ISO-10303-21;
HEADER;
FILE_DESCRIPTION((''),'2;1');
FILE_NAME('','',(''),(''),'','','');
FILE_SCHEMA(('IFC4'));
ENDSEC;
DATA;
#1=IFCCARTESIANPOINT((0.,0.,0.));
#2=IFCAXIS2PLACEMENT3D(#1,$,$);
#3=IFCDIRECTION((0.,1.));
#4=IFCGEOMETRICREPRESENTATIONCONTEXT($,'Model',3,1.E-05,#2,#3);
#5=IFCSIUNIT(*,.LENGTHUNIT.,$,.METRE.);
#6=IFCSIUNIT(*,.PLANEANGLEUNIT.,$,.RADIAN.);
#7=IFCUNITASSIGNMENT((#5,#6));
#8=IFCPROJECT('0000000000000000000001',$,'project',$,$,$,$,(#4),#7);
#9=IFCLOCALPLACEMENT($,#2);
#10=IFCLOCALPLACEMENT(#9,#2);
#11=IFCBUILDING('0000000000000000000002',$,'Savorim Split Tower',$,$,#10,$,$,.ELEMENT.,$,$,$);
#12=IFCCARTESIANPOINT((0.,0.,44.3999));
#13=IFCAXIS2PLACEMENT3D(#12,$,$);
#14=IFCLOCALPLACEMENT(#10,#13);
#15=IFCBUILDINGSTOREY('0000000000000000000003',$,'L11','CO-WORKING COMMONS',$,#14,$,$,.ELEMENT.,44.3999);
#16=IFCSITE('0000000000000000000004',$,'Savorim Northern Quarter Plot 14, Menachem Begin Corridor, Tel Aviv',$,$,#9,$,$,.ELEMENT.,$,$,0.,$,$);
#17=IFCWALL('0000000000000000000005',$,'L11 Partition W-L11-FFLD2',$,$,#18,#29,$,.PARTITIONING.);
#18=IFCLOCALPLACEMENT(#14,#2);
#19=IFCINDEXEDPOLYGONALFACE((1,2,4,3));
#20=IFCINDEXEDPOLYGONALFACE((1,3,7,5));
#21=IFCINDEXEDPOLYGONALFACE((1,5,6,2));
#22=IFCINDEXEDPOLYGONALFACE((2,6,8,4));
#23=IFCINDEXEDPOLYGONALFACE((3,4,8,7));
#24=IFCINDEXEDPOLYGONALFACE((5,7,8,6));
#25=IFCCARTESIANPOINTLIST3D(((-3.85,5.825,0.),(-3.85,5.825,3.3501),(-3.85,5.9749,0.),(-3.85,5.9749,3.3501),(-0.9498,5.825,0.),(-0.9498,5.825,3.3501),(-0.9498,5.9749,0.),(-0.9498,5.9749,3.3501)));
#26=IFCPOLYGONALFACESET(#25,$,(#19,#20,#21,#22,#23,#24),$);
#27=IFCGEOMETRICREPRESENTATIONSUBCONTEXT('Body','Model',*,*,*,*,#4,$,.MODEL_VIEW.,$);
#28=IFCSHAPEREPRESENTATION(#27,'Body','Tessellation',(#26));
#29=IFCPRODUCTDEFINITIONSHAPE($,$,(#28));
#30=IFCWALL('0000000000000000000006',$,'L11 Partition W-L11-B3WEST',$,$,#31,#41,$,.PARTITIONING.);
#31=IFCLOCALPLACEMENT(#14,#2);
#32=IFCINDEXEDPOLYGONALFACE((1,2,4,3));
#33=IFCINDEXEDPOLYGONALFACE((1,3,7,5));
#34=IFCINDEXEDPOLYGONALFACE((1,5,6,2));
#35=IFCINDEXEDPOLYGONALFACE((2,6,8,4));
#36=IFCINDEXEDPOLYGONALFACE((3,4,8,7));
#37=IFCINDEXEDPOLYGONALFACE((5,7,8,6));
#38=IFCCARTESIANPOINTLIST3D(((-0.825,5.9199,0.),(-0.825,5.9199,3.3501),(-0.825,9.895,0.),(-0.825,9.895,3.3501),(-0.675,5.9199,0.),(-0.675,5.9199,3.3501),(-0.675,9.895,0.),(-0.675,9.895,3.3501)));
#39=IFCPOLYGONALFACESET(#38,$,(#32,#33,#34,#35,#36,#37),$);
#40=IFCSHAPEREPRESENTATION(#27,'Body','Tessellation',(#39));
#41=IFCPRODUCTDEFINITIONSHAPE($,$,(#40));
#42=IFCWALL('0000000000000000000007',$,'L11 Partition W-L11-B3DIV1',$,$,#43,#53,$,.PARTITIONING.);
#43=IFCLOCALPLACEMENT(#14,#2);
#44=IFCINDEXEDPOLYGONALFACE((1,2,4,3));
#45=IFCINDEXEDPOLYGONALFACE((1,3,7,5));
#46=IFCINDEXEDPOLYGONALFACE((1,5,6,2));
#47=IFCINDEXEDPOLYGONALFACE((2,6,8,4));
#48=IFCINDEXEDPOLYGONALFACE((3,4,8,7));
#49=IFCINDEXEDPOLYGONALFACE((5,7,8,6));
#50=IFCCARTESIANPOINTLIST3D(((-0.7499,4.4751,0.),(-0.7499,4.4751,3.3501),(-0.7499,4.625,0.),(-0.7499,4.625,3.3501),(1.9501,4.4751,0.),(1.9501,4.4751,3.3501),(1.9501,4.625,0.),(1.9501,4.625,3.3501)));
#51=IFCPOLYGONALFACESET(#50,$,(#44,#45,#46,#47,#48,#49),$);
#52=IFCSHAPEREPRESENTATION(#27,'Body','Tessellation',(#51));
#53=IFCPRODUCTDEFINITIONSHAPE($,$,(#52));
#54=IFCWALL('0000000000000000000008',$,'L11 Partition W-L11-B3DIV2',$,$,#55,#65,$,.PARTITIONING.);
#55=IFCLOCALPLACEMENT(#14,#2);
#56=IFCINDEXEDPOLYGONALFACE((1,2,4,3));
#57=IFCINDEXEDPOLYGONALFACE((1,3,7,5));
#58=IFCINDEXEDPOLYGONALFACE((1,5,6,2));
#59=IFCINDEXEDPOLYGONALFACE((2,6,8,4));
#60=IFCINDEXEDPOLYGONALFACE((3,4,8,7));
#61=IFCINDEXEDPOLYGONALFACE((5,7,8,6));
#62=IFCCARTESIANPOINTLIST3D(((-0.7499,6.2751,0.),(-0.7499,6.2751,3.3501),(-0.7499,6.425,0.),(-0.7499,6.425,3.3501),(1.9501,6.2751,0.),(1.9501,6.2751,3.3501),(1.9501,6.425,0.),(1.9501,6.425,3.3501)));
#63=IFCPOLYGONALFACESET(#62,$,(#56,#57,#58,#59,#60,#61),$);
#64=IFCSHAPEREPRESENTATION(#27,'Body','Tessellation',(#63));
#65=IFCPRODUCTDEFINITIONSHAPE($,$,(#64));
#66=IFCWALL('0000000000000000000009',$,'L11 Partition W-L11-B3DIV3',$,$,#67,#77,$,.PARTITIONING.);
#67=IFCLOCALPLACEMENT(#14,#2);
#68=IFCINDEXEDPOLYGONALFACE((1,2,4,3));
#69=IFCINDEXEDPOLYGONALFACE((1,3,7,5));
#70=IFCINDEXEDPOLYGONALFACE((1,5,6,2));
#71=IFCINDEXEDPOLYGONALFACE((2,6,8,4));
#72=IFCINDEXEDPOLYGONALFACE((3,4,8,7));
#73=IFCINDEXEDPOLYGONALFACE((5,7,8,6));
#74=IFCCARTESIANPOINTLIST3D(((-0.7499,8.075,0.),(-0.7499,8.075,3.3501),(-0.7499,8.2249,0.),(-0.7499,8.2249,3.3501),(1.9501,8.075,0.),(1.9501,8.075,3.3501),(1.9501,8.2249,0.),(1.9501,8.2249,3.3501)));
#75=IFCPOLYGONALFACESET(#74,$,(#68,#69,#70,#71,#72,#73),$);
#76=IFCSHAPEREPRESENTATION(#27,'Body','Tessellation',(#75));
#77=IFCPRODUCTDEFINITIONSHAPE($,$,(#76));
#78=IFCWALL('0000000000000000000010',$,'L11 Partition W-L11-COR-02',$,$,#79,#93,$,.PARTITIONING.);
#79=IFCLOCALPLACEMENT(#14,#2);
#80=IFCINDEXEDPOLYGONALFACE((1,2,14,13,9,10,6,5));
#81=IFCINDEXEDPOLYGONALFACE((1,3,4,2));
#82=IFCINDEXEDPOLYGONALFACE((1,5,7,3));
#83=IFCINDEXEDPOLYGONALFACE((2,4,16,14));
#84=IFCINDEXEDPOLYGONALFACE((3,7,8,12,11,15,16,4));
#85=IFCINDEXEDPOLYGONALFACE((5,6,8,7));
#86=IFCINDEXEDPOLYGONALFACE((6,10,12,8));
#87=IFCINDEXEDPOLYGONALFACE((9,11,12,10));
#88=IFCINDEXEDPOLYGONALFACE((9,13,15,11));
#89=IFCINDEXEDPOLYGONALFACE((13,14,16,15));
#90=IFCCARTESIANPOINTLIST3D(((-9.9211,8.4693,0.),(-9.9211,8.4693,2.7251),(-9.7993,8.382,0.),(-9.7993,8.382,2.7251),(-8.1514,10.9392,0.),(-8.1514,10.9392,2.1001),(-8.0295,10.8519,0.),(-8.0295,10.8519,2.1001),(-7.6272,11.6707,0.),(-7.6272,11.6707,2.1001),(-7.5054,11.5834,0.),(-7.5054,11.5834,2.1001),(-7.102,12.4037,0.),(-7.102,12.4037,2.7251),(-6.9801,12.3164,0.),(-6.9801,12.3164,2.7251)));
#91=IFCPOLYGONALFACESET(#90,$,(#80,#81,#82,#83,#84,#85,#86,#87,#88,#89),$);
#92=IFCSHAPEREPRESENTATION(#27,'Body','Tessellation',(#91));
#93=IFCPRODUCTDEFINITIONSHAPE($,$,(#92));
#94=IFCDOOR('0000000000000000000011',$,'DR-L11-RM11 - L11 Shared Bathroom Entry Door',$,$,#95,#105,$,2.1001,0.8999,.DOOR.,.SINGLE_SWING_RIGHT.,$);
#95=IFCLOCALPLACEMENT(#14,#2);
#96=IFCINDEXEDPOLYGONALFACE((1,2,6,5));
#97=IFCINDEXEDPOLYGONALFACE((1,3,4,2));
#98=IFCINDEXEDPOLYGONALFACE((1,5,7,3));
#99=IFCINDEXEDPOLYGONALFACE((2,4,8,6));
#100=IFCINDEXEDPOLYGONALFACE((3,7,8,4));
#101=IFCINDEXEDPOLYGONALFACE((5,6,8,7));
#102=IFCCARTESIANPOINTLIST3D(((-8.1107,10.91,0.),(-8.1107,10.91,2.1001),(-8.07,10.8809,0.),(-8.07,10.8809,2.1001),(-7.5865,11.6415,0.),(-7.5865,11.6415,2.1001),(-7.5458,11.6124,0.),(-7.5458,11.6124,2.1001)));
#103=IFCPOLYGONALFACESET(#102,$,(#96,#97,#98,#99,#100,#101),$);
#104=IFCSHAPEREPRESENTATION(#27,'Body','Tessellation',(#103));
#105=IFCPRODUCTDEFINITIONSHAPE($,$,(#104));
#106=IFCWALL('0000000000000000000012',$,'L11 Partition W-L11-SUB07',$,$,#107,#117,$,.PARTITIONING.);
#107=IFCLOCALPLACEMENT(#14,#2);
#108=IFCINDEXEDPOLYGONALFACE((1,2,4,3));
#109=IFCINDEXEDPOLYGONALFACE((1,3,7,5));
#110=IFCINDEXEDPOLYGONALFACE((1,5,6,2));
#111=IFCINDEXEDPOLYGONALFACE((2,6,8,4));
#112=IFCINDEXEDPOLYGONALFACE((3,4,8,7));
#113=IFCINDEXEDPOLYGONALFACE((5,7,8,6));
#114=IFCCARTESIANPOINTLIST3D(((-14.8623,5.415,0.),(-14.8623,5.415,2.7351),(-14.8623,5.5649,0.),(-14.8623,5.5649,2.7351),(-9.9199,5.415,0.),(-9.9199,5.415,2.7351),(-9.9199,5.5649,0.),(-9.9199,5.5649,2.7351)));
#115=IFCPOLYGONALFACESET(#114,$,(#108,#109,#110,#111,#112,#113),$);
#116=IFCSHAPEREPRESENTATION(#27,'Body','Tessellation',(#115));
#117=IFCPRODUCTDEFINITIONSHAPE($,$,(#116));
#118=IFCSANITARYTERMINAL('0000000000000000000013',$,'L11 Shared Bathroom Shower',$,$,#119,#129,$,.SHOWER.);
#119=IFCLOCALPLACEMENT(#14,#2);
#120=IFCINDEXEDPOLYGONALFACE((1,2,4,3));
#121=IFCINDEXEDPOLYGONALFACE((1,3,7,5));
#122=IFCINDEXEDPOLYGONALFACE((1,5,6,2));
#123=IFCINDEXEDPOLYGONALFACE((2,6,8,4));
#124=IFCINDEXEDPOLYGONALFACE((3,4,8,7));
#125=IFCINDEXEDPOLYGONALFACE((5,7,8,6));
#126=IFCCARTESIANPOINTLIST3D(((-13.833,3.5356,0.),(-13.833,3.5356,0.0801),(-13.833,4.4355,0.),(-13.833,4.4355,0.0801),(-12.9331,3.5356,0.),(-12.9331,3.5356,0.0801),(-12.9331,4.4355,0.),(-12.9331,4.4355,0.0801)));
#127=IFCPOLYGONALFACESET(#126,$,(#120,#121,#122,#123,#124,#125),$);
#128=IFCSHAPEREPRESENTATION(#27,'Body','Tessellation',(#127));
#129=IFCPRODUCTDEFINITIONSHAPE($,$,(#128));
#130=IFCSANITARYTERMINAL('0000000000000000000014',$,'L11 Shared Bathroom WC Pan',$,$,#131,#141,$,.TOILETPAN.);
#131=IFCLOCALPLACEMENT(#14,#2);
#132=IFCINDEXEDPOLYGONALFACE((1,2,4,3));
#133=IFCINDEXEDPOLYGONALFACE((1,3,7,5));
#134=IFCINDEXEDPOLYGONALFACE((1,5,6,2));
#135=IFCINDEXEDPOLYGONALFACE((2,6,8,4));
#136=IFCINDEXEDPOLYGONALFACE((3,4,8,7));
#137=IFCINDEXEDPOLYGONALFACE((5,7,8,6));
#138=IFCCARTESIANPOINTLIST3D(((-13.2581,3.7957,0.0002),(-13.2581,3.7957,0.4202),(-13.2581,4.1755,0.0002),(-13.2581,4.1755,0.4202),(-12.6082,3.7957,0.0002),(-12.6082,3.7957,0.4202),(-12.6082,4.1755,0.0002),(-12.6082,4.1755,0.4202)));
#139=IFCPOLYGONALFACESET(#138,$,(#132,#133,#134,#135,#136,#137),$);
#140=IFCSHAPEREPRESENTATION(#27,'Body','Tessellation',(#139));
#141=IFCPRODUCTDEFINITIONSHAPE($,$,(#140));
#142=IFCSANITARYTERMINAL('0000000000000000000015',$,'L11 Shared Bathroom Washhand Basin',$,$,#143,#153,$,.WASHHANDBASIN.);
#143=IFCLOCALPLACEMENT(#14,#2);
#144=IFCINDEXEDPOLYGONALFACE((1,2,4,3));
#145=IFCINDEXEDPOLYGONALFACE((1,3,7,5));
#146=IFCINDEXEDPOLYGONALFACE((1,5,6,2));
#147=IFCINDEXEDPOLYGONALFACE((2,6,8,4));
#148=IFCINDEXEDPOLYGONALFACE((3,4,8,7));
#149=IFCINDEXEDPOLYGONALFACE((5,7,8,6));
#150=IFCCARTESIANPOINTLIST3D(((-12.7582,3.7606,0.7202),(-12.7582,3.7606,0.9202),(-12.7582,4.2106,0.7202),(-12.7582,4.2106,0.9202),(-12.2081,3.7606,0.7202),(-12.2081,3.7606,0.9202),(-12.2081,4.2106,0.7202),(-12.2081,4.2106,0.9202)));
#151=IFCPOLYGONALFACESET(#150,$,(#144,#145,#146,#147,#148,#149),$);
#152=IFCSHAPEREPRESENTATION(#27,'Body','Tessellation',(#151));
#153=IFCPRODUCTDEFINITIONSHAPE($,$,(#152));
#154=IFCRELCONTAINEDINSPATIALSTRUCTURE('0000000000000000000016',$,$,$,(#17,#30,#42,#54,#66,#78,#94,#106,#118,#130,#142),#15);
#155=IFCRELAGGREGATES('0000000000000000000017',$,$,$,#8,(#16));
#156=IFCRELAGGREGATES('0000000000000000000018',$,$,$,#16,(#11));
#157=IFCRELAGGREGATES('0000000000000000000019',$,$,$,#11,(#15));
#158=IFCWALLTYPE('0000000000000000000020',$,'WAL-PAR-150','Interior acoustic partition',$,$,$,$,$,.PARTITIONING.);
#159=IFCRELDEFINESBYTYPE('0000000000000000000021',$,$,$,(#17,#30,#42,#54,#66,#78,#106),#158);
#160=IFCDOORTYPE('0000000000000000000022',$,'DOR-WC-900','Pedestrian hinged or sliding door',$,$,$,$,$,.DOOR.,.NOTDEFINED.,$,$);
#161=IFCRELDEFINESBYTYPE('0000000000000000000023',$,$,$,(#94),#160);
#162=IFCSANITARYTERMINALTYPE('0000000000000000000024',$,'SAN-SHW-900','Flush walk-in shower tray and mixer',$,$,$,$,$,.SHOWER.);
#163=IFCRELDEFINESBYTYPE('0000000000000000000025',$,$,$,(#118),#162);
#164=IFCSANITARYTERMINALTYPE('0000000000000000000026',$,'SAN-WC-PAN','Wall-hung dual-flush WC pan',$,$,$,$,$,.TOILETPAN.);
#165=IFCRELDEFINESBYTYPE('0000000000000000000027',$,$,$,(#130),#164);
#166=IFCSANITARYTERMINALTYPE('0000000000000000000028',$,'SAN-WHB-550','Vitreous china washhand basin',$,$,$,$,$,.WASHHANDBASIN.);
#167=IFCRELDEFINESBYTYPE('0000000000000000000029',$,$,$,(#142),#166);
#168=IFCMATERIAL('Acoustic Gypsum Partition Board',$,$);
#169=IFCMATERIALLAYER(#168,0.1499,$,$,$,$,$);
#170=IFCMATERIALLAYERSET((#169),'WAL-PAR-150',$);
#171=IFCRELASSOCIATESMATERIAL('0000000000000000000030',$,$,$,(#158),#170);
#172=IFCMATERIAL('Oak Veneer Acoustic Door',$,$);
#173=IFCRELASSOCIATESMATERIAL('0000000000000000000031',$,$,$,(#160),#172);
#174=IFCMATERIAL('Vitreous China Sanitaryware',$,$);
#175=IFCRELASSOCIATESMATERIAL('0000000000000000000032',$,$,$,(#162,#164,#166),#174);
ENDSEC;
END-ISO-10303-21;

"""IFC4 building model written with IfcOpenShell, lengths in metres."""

from ifc_helpers import new_model, si_unit, direction, frame, frame_2d, origin, origin_2d, place, context, subcontext, project, spatial, rectangle, extrude, material, layer, layer_set, type_object, element, fill, save


model = new_model("IFC4")

# Units and contexts
model_context = context("Model", 3, precision=1e-05, world=origin(), true_north=direction((0.0, 1.0)))
body_context = subcontext(model_context, "Body", "Model", "MODEL_VIEW")
ifc_project = project(units=[si_unit("LENGTHUNIT", "METRE"), si_unit("PLANEANGLEUNIT", "RADIAN")], contexts=[model_context])

# Site, building, storey
site_placement = place(None, origin())
site = spatial("IfcSite", under=ifc_project, at=site_placement, Name="Savorim Northern Quarter Plot 14, Menachem Begin Corridor, Tel Aviv", CompositionType="ELEMENT", RefElevation=0.0)
building_placement = place(site_placement, origin())
building = spatial("IfcBuilding", under=site, at=building_placement, Name="Savorim Split Tower", CompositionType="ELEMENT")
storey_placement = place(building_placement, frame((0.0, 0.0, 44.3999)))
storey = spatial("IfcBuildingStorey", under=building, at=storey_placement, Name="L11", Description="CO-WORKING COMMONS", CompositionType="ELEMENT", Elevation=44.3999)

# Walls
ifc_material_1 = material(Name="Acoustic Gypsum Partition Board")
ifc_layer_1 = layer(ifc_material_1, 0.1499)
ifc_layer_set_1 = layer_set([ifc_layer_1], Name="WAL-PAR-150")
wall_type_1 = type_object("IfcWallType", Name="WAL-PAR-150", Description="Interior acoustic partition", PredefinedType="PARTITIONING", material=ifc_layer_set_1)
wall_1_placement = place(storey_placement, frame((-3.8501, 5.8999, 0.0), z_axis=(0.0, 0.0, 1.0), x_axis=(1.0, 0.0, 0.0)))
element("IfcWall", 1, at=wall_1_placement, inside=storey, type_object=wall_type_1, Name="L11 Partition W-L11-FFLD2", PredefinedType="PARTITIONING", context=body_context, shape_type="SweptSolid", body=[
    extrude(rectangle(XDim=2.9001, YDim=0.1499, at=frame_2d((1.4502, 0.0))), origin(), (0.0, 0.0, 1.0), 3.3501),
])
wall_2_placement = place(storey_placement, frame((-0.75, 5.9199, 0.0), z_axis=(0.0, 0.0, 1.0), x_axis=(0.0, 1.0, 0.0)))
element("IfcWall", 2, at=wall_2_placement, inside=storey, type_object=wall_type_1, Name="L11 Partition W-L11-B3WEST", PredefinedType="PARTITIONING", context=body_context, shape_type="SweptSolid", body=[
    extrude(rectangle(XDim=3.9751, YDim=0.1499, at=frame_2d((1.9875, 0.0))), origin(), (0.0, 0.0, 1.0), 3.3501),
])
for number, where, z_axis, x_axis, name in (
    (3, (-0.75, 4.55, 0.0), (0.0, 0.0, 1.0), (1.0, 0.0, 0.0), "L11 Partition W-L11-B3DIV1"),
    (4, (-0.75, 6.3501, 0.0), (0.0, 0.0, 1.0), (1.0, 0.0, 0.0), "L11 Partition W-L11-B3DIV2"),
    (5, (-0.75, 8.1499, 0.0), (0.0, 0.0, 1.0), (1.0, 0.0, 0.0), "L11 Partition W-L11-B3DIV3"),
):
    element("IfcWall", number, at=place(storey_placement, frame(where, z_axis=z_axis, x_axis=x_axis)), inside=storey, type_object=wall_type_1, Name=name, PredefinedType="PARTITIONING", context=body_context, shape_type="SweptSolid", body=[
        extrude(rectangle(XDim=2.7, YDim=0.1499, at=frame_2d((1.3501, 0.0))), origin(), (0.0, 0.0, 1.0), 3.3501),
    ])

# Wall, opening, door
wall_3_placement = place(storey_placement, frame((-9.8601, 8.4258, 0.0), z_axis=(0.0, 0.0, 1.0), x_axis=(0.58245, 0.812867, 0.0)))
wall_3 = element("IfcWall", 6, at=wall_3_placement, inside=storey, type_object=wall_type_1, Name="L11 Partition W-L11-COR-02", PredefinedType="PARTITIONING", context=body_context, shape_type="SweptSolid", body=[
    extrude(rectangle(XDim=4.8401, YDim=0.1499, at=frame_2d((2.4199, 0.0))), origin(), (0.0, 0.0, 1.0), 2.7251),
])
opening_1_placement = place(wall_3_placement, frame((3.0383, 0.0, 0.0)))
opening_1 = element("IfcOpeningElement", 7, at=opening_1_placement, cuts=wall_3, PredefinedType="OPENING", context=body_context, shape_type="SweptSolid", body=[
    extrude(rectangle(XDim=0.8999, YDim=2.1001, at=frame_2d((0.45, 1.05))), frame((0.0, 0.085, 0.0), z_axis=(0.0, -1.0, 0.0), x_axis=(1.0, 0.0, 0.0)), (0.0, 0.0, 1.0), 0.1699),
])
ifc_material_2 = material(Name="Oak Veneer Acoustic Door")
door_type_1 = type_object("IfcDoorType", Name="DOR-WC-900", Description="Pedestrian hinged or sliding door", OperationType="NOTDEFINED", PredefinedType="DOOR", material=ifc_material_2)
door_1_placement = place(opening_1_placement, origin())
door_1 = element("IfcDoor", 8, at=door_1_placement, inside=storey, type_object=door_type_1, Name="DR-L11-RM11 - L11 Shared Bathroom Entry Door", OperationType="SINGLE_SWING_RIGHT", OverallHeight=2.1001, OverallWidth=0.8999, PredefinedType="DOOR", context=body_context, shape_type="SweptSolid", body=[
    extrude(rectangle(XDim=0.8999, YDim=2.1001, at=frame_2d((0.45, 1.05))), frame((0.0, 0.0249, 0.0), z_axis=(0.0, -1.0, 0.0), x_axis=(1.0, 0.0, 0.0)), (0.0, 0.0, 1.0), 0.05),
])
fill(opening_1, door_1)

# Wall
wall_4_placement = place(storey_placement, frame((-9.9199, 5.49, 0.0), z_axis=(0.0, 0.0, 1.0), x_axis=(-1.0, 0.0, 0.0)))
element("IfcWall", 9, at=wall_4_placement, inside=storey, type_object=wall_type_1, Name="L11 Partition W-L11-SUB07", PredefinedType="PARTITIONING", context=body_context, shape_type="SweptSolid", body=[
    extrude(rectangle(XDim=4.9424, YDim=0.1499, at=frame_2d((2.4712, 0.0))), origin(), (0.0, 0.0, 1.0), 2.7351),
])

# Sanitary terminals
ifc_material_3 = material(Name="Vitreous China Sanitaryware")
sanitary_terminal_type_1 = type_object("IfcSanitaryTerminalType", Name="SAN-SHW-900", Description="Flush walk-in shower tray and mixer", PredefinedType="SHOWER", material=ifc_material_3)
sanitary_terminal_1_placement = place(storey_placement, frame((-13.3831, 3.9856, 0.0), z_axis=(0.0, 0.0, 1.0), x_axis=(1.0, 0.0, 0.0)))
element("IfcSanitaryTerminal", 10, at=sanitary_terminal_1_placement, inside=storey, type_object=sanitary_terminal_type_1, Name="L11 Shared Bathroom Shower", PredefinedType="SHOWER", context=body_context, shape_type="SweptSolid", body=[
    extrude(rectangle(XDim=0.8999, YDim=0.8999, at=origin_2d()), origin(), (0.0, 0.0, 1.0), 0.0801),
])
sanitary_terminal_type_2 = type_object("IfcSanitaryTerminalType", Name="SAN-WC-PAN", Description="Wall-hung dual-flush WC pan", PredefinedType="TOILETPAN", material=ifc_material_3)
sanitary_terminal_2_placement = place(storey_placement, frame((-12.9331, 3.9856, 0.0002), z_axis=(0.0, 0.0, 1.0), x_axis=(1.0, 0.0, 0.0)))
element("IfcSanitaryTerminal", 11, at=sanitary_terminal_2_placement, inside=storey, type_object=sanitary_terminal_type_2, Name="L11 Shared Bathroom WC Pan", PredefinedType="TOILETPAN", context=body_context, shape_type="SweptSolid", body=[
    extrude(rectangle(XDim=0.6499, YDim=0.3799, at=origin_2d()), origin(), (0.0, 0.0, 1.0), 0.4199),
])
sanitary_terminal_type_3 = type_object("IfcSanitaryTerminalType", Name="SAN-WHB-550", Description="Vitreous china washhand basin", PredefinedType="WASHHANDBASIN", material=ifc_material_3)
sanitary_terminal_3_placement = place(storey_placement, frame((-12.4832, 3.9856, 0.7202), z_axis=(0.0, 0.0, 1.0), x_axis=(1.0, 0.0, 0.0)))
element("IfcSanitaryTerminal", 12, at=sanitary_terminal_3_placement, inside=storey, type_object=sanitary_terminal_type_3, Name="L11 Shared Bathroom Washhand Basin", PredefinedType="WASHHANDBASIN", context=body_context, shape_type="SweptSolid", body=[
    extrude(rectangle(XDim=0.55, YDim=0.45, at=origin_2d()), origin(), (0.0, 0.0, 1.0), 0.2),
])

save(model, "model.ifc")
